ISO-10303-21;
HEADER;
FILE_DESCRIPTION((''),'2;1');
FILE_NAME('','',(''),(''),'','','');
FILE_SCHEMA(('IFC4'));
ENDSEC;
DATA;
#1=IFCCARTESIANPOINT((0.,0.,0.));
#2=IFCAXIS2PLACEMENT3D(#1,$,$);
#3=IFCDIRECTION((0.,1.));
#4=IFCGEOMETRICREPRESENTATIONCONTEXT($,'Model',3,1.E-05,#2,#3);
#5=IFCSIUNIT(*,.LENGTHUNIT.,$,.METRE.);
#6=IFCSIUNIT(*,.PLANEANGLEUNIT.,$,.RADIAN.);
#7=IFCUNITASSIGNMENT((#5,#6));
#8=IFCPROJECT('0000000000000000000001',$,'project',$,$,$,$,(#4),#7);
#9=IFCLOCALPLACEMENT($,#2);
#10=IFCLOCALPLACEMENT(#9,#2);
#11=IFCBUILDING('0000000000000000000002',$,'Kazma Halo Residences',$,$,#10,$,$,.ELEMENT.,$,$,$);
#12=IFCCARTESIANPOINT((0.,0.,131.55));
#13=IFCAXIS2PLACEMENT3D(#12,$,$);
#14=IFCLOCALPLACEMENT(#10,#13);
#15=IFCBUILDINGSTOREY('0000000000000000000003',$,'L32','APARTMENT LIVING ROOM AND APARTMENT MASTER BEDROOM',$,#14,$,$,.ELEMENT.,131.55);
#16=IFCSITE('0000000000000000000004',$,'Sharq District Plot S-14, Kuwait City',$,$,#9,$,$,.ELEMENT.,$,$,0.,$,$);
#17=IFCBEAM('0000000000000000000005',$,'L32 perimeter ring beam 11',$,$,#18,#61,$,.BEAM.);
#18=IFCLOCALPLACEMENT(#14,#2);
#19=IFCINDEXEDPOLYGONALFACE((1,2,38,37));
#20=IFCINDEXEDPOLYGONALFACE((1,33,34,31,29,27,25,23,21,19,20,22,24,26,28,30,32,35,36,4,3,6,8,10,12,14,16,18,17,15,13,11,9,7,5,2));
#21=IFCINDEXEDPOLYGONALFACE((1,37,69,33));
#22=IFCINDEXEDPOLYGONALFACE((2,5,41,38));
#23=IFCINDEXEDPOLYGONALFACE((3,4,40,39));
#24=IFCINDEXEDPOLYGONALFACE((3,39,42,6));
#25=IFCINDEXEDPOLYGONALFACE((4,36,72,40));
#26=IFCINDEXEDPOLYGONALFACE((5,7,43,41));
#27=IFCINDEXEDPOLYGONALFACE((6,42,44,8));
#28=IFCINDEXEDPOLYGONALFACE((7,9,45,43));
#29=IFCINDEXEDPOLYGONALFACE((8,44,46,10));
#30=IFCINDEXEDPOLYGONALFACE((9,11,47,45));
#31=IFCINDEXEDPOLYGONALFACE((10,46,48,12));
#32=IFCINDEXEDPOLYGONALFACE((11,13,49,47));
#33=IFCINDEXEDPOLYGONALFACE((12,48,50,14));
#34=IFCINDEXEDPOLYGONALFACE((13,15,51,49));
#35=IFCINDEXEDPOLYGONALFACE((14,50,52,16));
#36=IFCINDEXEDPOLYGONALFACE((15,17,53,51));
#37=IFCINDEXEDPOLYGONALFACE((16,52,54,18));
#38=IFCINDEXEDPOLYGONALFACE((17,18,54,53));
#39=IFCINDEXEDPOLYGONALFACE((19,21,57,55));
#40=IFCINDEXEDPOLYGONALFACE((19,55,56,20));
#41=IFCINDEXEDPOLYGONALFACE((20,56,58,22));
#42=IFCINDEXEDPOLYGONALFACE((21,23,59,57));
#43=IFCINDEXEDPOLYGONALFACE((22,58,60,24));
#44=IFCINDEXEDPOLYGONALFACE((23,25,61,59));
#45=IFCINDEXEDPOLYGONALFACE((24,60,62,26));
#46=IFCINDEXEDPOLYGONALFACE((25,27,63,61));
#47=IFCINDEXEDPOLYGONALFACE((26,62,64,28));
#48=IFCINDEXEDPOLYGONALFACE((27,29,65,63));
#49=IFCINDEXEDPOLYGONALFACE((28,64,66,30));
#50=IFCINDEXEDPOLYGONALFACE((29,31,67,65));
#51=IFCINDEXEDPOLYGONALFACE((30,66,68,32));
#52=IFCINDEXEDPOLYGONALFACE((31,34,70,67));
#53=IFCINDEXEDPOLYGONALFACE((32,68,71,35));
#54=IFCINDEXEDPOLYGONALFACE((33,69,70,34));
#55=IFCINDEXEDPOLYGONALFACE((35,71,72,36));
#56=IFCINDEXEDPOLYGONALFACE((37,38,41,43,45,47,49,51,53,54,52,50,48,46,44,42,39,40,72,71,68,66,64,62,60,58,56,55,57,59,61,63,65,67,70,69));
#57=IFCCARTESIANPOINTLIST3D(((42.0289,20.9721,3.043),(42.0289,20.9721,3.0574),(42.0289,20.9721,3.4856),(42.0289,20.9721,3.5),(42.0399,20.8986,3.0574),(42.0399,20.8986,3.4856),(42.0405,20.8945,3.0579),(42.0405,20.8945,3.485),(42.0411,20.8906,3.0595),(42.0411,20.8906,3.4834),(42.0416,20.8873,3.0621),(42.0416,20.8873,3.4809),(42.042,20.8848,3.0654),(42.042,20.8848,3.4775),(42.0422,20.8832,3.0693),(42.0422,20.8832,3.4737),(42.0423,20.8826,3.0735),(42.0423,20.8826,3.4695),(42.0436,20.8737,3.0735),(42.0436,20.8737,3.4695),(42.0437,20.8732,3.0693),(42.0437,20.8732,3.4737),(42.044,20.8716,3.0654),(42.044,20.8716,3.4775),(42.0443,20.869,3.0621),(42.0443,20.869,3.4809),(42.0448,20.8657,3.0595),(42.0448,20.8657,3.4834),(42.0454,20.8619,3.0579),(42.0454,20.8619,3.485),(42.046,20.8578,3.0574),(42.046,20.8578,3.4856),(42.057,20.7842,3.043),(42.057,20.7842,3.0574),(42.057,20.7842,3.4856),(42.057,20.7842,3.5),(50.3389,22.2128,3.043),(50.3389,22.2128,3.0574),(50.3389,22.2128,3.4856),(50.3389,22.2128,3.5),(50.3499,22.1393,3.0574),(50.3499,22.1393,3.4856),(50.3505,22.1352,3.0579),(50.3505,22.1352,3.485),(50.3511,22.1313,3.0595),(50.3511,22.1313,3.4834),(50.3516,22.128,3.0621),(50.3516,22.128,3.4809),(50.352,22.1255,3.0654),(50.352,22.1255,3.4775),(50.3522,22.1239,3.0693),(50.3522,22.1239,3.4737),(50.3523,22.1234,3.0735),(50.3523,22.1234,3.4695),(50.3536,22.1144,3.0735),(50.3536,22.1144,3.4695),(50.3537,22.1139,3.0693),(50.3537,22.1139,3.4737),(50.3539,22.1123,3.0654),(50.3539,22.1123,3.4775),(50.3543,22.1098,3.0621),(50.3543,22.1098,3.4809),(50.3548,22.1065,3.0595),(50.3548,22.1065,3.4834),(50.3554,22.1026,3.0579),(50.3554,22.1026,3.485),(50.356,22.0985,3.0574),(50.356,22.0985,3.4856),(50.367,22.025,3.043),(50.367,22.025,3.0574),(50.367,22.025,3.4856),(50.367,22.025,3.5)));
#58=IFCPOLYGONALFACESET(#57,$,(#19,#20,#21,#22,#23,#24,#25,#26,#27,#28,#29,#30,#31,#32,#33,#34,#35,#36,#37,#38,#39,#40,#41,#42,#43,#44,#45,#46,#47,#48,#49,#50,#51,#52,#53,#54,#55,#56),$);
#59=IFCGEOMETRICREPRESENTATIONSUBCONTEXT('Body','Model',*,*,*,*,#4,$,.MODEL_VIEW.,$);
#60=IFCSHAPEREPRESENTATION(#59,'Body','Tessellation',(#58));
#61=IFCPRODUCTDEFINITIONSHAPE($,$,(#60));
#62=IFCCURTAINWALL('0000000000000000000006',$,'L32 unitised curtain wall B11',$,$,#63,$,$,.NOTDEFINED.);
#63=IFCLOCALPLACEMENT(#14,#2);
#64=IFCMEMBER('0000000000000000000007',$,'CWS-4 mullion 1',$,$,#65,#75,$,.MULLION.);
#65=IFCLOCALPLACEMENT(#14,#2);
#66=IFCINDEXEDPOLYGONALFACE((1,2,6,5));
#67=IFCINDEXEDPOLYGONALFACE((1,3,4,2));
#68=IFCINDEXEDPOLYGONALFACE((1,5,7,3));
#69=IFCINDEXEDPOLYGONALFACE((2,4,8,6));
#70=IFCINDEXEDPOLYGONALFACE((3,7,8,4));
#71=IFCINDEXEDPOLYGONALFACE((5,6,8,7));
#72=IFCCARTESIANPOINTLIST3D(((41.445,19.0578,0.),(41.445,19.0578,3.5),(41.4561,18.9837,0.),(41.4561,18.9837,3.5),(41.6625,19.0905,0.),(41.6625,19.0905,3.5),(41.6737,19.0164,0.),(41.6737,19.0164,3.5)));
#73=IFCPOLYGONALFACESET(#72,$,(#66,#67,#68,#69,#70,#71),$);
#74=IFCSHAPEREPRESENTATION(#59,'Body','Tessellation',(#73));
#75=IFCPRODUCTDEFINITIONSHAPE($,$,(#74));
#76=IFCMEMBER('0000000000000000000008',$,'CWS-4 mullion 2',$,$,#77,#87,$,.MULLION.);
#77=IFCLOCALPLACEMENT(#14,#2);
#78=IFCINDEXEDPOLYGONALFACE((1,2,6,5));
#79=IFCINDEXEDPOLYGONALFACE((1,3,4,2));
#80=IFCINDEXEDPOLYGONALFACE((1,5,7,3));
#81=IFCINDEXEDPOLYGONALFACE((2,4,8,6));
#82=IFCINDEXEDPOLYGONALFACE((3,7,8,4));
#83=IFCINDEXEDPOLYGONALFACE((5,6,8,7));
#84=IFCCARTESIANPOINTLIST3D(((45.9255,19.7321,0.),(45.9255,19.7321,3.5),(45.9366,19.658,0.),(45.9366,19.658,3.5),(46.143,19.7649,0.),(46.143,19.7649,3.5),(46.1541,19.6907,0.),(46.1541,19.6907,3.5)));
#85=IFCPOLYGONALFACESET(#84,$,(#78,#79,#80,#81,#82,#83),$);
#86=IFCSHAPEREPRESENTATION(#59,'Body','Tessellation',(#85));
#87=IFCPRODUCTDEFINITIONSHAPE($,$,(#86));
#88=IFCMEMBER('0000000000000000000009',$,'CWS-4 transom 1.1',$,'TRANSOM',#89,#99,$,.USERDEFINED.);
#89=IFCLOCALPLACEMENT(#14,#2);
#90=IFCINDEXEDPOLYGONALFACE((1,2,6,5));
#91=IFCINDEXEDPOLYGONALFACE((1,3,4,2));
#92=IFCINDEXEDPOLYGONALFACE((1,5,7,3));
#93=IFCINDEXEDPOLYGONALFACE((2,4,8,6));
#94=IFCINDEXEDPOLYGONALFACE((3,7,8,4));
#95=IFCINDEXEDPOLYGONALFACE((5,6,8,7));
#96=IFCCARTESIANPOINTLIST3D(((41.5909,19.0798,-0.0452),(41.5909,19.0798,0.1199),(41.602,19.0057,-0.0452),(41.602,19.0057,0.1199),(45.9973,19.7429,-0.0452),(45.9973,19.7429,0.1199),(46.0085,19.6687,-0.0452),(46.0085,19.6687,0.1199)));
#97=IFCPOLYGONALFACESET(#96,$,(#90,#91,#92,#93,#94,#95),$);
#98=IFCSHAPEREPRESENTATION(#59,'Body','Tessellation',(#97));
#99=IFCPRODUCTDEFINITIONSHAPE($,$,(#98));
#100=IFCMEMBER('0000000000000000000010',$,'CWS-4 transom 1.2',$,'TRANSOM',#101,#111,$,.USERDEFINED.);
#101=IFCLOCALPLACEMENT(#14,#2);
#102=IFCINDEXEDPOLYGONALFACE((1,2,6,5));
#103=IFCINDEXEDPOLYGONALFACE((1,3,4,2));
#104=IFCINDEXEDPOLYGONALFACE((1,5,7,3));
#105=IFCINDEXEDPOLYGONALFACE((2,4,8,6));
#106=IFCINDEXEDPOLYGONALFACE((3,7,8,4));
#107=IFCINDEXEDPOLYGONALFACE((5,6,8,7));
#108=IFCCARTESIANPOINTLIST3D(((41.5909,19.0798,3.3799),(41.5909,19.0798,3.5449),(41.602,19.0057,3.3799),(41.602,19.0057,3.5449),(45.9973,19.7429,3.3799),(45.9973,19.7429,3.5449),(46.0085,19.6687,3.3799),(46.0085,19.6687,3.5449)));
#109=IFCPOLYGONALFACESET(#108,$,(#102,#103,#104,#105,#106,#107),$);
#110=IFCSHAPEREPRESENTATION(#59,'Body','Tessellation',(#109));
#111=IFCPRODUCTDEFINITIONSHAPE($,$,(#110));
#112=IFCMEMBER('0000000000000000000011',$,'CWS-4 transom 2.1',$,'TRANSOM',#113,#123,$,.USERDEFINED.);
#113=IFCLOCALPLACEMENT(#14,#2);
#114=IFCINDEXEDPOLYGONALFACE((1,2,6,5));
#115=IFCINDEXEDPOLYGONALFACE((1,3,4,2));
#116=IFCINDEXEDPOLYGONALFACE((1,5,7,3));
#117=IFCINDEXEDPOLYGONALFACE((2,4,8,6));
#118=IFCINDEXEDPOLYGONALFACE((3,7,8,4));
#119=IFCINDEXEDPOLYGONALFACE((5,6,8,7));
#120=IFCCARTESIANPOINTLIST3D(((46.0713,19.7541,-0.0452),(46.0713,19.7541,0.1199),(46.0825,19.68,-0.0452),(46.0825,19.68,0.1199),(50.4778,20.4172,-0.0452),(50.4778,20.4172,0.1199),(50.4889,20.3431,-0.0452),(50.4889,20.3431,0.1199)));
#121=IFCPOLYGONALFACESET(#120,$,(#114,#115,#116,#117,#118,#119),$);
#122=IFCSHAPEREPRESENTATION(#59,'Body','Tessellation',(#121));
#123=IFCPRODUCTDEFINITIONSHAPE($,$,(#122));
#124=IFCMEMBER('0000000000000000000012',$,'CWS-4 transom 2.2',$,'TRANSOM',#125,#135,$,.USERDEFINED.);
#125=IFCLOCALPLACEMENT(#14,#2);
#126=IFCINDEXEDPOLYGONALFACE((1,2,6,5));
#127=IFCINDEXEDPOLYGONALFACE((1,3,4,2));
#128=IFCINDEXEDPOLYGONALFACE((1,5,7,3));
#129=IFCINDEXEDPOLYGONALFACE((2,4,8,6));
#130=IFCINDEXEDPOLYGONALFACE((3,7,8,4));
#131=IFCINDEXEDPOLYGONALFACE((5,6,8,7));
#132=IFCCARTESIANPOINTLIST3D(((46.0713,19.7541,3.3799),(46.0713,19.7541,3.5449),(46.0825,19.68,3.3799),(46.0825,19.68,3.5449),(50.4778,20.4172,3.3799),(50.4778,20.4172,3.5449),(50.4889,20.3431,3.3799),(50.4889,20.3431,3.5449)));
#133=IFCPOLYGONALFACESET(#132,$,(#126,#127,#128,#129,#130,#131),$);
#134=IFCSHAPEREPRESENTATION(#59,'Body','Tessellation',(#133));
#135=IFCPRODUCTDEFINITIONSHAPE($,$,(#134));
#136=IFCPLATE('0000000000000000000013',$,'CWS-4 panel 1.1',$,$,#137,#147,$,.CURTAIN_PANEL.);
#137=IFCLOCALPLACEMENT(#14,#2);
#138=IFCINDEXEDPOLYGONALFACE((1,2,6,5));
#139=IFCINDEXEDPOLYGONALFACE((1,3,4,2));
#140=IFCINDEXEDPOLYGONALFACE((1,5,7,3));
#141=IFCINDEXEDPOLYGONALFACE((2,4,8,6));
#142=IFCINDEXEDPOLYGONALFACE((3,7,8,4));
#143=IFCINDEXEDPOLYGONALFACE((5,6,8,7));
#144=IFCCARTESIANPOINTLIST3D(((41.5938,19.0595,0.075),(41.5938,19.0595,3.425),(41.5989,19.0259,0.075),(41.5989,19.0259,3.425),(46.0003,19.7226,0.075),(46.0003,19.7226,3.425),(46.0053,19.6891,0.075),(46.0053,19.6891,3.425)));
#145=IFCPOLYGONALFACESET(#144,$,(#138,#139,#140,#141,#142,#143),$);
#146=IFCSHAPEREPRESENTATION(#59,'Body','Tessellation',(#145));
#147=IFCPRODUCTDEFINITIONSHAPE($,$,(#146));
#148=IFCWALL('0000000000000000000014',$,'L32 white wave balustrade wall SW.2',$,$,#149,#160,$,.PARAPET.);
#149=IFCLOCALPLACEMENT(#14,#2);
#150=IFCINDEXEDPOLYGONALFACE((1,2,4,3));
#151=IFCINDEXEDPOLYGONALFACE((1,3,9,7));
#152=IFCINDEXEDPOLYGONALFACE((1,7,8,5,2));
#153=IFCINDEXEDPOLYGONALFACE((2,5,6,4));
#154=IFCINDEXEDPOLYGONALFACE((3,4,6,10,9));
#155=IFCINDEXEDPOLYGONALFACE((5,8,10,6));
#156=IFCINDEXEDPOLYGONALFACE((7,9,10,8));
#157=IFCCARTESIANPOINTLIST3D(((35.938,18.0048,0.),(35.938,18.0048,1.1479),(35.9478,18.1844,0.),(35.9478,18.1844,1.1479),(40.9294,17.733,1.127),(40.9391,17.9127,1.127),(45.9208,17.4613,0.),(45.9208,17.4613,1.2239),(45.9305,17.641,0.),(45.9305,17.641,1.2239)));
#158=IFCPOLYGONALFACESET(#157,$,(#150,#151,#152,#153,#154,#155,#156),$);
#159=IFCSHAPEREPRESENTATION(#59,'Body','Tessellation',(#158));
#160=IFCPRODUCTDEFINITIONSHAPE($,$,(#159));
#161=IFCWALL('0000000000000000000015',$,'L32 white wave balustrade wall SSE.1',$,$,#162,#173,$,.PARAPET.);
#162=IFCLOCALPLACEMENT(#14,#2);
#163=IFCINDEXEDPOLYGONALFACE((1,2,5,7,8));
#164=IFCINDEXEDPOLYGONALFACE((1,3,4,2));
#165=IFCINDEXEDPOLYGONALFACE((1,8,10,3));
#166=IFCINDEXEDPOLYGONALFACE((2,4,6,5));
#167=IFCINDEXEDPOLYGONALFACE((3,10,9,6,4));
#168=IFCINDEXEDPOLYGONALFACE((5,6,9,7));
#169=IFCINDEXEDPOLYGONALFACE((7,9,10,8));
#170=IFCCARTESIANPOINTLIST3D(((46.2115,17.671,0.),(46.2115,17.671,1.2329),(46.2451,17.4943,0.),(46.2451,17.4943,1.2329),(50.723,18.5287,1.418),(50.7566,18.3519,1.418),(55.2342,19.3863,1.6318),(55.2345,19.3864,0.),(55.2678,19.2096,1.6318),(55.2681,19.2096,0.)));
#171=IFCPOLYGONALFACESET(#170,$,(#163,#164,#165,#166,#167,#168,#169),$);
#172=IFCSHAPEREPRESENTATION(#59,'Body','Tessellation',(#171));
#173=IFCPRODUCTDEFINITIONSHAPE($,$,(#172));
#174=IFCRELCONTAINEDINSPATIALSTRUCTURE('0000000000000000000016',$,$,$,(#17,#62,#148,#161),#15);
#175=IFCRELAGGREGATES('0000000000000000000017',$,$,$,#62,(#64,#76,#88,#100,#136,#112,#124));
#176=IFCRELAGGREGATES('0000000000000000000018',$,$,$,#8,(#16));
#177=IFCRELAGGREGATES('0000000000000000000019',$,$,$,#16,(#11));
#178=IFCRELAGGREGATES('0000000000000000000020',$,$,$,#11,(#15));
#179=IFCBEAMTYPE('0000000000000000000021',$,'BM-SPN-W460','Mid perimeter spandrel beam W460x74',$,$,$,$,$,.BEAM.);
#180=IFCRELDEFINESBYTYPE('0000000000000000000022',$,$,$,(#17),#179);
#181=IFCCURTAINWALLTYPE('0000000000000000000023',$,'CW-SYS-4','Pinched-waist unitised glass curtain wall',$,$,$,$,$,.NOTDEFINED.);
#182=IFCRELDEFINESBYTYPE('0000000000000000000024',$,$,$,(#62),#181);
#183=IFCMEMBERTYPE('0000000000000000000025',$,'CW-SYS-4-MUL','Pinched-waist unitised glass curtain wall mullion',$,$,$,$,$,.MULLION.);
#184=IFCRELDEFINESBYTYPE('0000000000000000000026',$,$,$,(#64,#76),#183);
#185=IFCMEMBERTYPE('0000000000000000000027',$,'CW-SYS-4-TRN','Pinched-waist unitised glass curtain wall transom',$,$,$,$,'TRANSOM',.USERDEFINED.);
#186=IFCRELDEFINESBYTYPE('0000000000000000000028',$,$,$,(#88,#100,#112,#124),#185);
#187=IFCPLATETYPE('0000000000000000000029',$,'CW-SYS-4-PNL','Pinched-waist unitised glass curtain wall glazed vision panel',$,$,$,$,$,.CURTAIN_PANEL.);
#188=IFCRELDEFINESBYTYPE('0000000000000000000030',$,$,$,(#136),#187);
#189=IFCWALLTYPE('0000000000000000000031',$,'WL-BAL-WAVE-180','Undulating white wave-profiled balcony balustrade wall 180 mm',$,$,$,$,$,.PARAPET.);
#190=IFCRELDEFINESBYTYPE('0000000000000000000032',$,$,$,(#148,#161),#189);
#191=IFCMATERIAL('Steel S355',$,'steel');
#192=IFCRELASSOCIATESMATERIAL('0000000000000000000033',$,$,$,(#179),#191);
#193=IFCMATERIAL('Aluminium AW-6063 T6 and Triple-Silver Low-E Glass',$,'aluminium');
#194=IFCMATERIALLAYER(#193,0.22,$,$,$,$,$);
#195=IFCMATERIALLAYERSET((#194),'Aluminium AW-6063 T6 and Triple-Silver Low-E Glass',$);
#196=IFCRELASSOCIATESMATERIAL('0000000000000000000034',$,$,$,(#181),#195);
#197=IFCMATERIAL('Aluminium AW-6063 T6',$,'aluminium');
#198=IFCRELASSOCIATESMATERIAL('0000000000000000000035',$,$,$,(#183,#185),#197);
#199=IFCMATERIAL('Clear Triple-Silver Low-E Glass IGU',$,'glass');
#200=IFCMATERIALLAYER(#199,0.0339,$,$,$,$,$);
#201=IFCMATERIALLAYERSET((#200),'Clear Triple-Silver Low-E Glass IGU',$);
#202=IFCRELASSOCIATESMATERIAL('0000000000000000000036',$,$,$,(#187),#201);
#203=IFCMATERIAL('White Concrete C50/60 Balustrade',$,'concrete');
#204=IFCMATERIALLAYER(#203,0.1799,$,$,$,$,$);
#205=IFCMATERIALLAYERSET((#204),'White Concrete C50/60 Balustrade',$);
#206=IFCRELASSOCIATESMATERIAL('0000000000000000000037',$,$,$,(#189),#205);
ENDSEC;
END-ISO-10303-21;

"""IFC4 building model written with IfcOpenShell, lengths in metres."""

from ifc_helpers import new_model, si_unit, direction, frame, origin, origin_2d, place, context, subcontext, project, spatial, polyline, rectangle, i_section, outline, extrude, material, layer, layer_set, material_profile, profile_set, type_object, element, aggregate, save


model = new_model("IFC4")

# Units and contexts
model_context = context("Model", 3, precision=1e-05, world=origin(), true_north=direction((0.0, 1.0)))
body_context = subcontext(model_context, "Body", "Model", "MODEL_VIEW")
ifc_project = project(units=[si_unit("LENGTHUNIT", "METRE"), si_unit("PLANEANGLEUNIT", "RADIAN")], contexts=[model_context])

# Site, building, storey
site_placement = place(None, origin())
site = spatial("IfcSite", under=ifc_project, at=site_placement, Name="Sharq District Plot S-14, Kuwait City", CompositionType="ELEMENT", RefElevation=0.0)
building_placement = place(site_placement, origin())
building = spatial("IfcBuilding", under=site, at=building_placement, Name="Kazma Halo Residences", CompositionType="ELEMENT")
storey_placement = place(building_placement, frame((0.0, 0.0, 131.55)))
storey = spatial("IfcBuildingStorey", under=building, at=storey_placement, Name="L32", Description="APARTMENT LIVING ROOM AND APARTMENT MASTER BEDROOM", CompositionType="ELEMENT", Elevation=131.55)

# Beam
ifc_material_1 = material(Name="Steel S355", Category="steel")
ifc_material_profile_1 = material_profile(ifc_material_1, i_section(OverallWidth=0.1899, OverallDepth=0.457, WebThickness=0.009, FlangeThickness=0.0144, FilletRadius=0.0161, at=origin_2d()), Name="W460x74")
ifc_profile_set_1 = profile_set([ifc_material_profile_1], Name="Steel S355")
beam_type_1 = type_object("IfcBeamType", Name="BM-SPN-W460", Description="Mid perimeter spandrel beam W460x74", PredefinedType="BEAM", material=ifc_profile_set_1)
beam_1_placement = place(storey_placement, frame((42.043, 20.8782, 3.2715), z_axis=(0.989037, 0.147667, 0.0), x_axis=(-0.147667, 0.989037, 0.0)))
element("IfcBeam", 1, at=beam_1_placement, inside=storey, type_object=beam_type_1, Name="L32 perimeter ring beam 11", PredefinedType="BEAM", context=body_context, shape_type="SweptSolid", body=[
    extrude(i_section(OverallWidth=0.1899, OverallDepth=0.457, WebThickness=0.009, FlangeThickness=0.0144, FilletRadius=0.0161, at=origin_2d()), origin(), (0.0, 0.0, 1.0), 8.4021),
])

# Curtain wall, members, plate
ifc_material_2 = material(Name="Aluminium AW-6063 T6 and Triple-Silver Low-E Glass", Category="aluminium")
ifc_layer_1 = layer(ifc_material_2, 0.22)
ifc_layer_set_1 = layer_set([ifc_layer_1], Name="Aluminium AW-6063 T6 and Triple-Silver Low-E Glass")
curtain_wall_type = type_object("IfcCurtainWallType", Name="CW-SYS-4", Description="Pinched-waist unitised glass curtain wall", PredefinedType="NOTDEFINED", material=ifc_layer_set_1)
curtain_wall_placement = place(storey_placement, origin())
curtain_wall = element("IfcCurtainWall", 2, at=curtain_wall_placement, inside=storey, type_object=curtain_wall_type, Name="L32 unitised curtain wall B11", PredefinedType="NOTDEFINED")
ifc_material_3 = material(Name="Aluminium AW-6063 T6", Category="aluminium")
ifc_material_profile_2 = material_profile(ifc_material_3, rectangle(XDim=0.075, YDim=0.22, at=origin_2d()), Name="CWM-75x220")
ifc_profile_set_2 = profile_set([ifc_material_profile_2], Name="Aluminium AW-6063 T6")
member_type_1 = type_object("IfcMemberType", Name="CW-SYS-4-MUL", Description="Pinched-waist unitised glass curtain wall mullion", PredefinedType="MULLION", material=ifc_profile_set_2)
member_1_placement = place(storey_placement, frame((41.5593, 19.0371, 0.0), z_axis=(0.0, 0.0, 1.0), x_axis=(-0.148821, 0.988864, 0.0)))
member_1 = element("IfcMember", 3, at=member_1_placement, type_object=member_type_1, Name="CWS-4 mullion 1", PredefinedType="MULLION", context=body_context, shape_type="SweptSolid", body=[
    extrude(rectangle(XDim=0.075, YDim=0.22, at=origin_2d()), origin(), (0.0, 0.0, 1.0), 3.5),
])
member_2_placement = place(storey_placement, frame((46.0398, 19.7114, 0.0), z_axis=(0.0, 0.0, 1.0), x_axis=(-0.148821, 0.988864, 0.0)))
member_2 = element("IfcMember", 4, at=member_2_placement, type_object=member_type_1, Name="CWS-4 mullion 2", PredefinedType="MULLION", context=body_context, shape_type="SweptSolid", body=[
    extrude(rectangle(XDim=0.075, YDim=0.22, at=origin_2d()), origin(), (0.0, 0.0, 1.0), 3.5),
])
ifc_material_profile_3 = material_profile(ifc_material_3, rectangle(XDim=0.075, YDim=0.165, at=origin_2d()), Name="CWT-75x165")
ifc_profile_set_3 = profile_set([ifc_material_profile_3], Name="Aluminium AW-6063 T6")
member_type_2 = type_object("IfcMemberType", Name="CW-SYS-4-TRN", Description="Pinched-waist unitised glass curtain wall transom", ElementType="TRANSOM", PredefinedType="USERDEFINED", material=ifc_profile_set_3)
member_3_placement = place(storey_placement, frame((41.5964, 19.0427, 0.0374), z_axis=(0.988867, 0.148804, 0.0), x_axis=(-0.148804, 0.988867, 0.0)))
member_3 = element("IfcMember", 5, at=member_3_placement, type_object=member_type_2, Name="CWS-4 transom 1.1", ObjectType="TRANSOM", PredefinedType="USERDEFINED", context=body_context, shape_type="SweptSolid", body=[
    extrude(rectangle(XDim=0.075, YDim=0.165, at=origin_2d()), origin(), (0.0, 0.0, 1.0), 4.4561),
])
member_4_placement = place(storey_placement, frame((41.5964, 19.0427, 3.4624), z_axis=(0.988867, 0.148804, 0.0), x_axis=(-0.148804, 0.988867, 0.0)))
member_4 = element("IfcMember", 6, at=member_4_placement, type_object=member_type_2, Name="CWS-4 transom 1.2", ObjectType="TRANSOM", PredefinedType="USERDEFINED", context=body_context, shape_type="SweptSolid", body=[
    extrude(rectangle(XDim=0.075, YDim=0.165, at=origin_2d()), origin(), (0.0, 0.0, 1.0), 4.4561),
])
member_5_placement = place(storey_placement, frame((46.0769, 19.717, 0.0374), z_axis=(0.988867, 0.148804, 0.0), x_axis=(-0.148804, 0.988867, 0.0)))
member_5 = element("IfcMember", 7, at=member_5_placement, type_object=member_type_2, Name="CWS-4 transom 2.1", ObjectType="TRANSOM", PredefinedType="USERDEFINED", context=body_context, shape_type="SweptSolid", body=[
    extrude(rectangle(XDim=0.075, YDim=0.165, at=origin_2d()), origin(), (0.0, 0.0, 1.0), 4.4561),
])
member_6_placement = place(storey_placement, frame((46.0769, 19.717, 3.4624), z_axis=(0.988867, 0.148804, 0.0), x_axis=(-0.148804, 0.988867, 0.0)))
member_6 = element("IfcMember", 8, at=member_6_placement, type_object=member_type_2, Name="CWS-4 transom 2.2", ObjectType="TRANSOM", PredefinedType="USERDEFINED", context=body_context, shape_type="SweptSolid", body=[
    extrude(rectangle(XDim=0.075, YDim=0.165, at=origin_2d()), origin(), (0.0, 0.0, 1.0), 4.4561),
])
ifc_material_4 = material(Name="Clear Triple-Silver Low-E Glass IGU", Category="glass")
ifc_layer_2 = layer(ifc_material_4, 0.0339)
ifc_layer_set_2 = layer_set([ifc_layer_2], Name="Clear Triple-Silver Low-E Glass IGU")
plate_type = type_object("IfcPlateType", Name="CW-SYS-4-PNL", Description="Pinched-waist unitised glass curtain wall glazed vision panel", PredefinedType="CURTAIN_PANEL", material=ifc_layer_set_2)
plate_placement = place(storey_placement, frame((43.7996, 19.3743, 0.075), z_axis=(0.0, 0.0, 1.0), x_axis=(0.988864, 0.148821, 0.0)))
plate = element("IfcPlate", 9, at=plate_placement, type_object=plate_type, Name="CWS-4 panel 1.1", PredefinedType="CURTAIN_PANEL", context=body_context, shape_type="SweptSolid", body=[
    extrude(rectangle(XDim=4.4561, YDim=0.0339, at=origin_2d()), origin(), (0.0, 0.0, 1.0), 3.3501),
])
aggregate(curtain_wall, [member_1, member_2, member_3, member_4, plate, member_5, member_6])

# Walls
ifc_material_5 = material(Name="White Concrete C50/60 Balustrade", Category="concrete")
ifc_layer_3 = layer(ifc_material_5, 0.1799)
ifc_layer_set_3 = layer_set([ifc_layer_3], Name="White Concrete C50/60 Balustrade")
wall_type_1 = type_object("IfcWallType", Name="WL-BAL-WAVE-180", Description="Undulating white wave-profiled balcony balustrade wall 180 mm", PredefinedType="PARAPET", material=ifc_layer_set_3)
wall_1_placement = place(storey_placement, frame((35.9429, 18.0947, 0.0), z_axis=(0.0, 0.0, 1.0), x_axis=(0.998521, -0.05436, 0.0)))
element("IfcWall", 10, at=wall_1_placement, inside=storey, type_object=wall_type_1, Name="L32 white wave balustrade wall SW.2", PredefinedType="PARAPET", context=body_context, shape_type="SweptSolid", body=[
    extrude(outline(polyline([(0.0, 0.0), (9.9976, 0.0), (9.9976, 1.2239), (4.9988, 1.127), (0.0, 1.1479), (0.0, 0.0)])), frame((0.0, 0.0898, 0.0), z_axis=(0.0, -1.0, 0.0), x_axis=(1.0, 0.0, 0.0)), (0.0, 0.0, 1.0), 0.1799),
])
wall_2_placement = place(storey_placement, frame((46.2283, 17.5828, 0.0), z_axis=(0.0, 0.0, 1.0), x_axis=(0.982405, 0.186763, 0.0)))
element("IfcWall", 11, at=wall_2_placement, inside=storey, type_object=wall_type_1, Name="L32 white wave balustrade wall SSE.1", PredefinedType="PARAPET", context=body_context, shape_type="SweptSolid", body=[
    extrude(outline(polyline([(0.0, 0.0), (9.1846, 0.0), (9.1843, 1.6318), (4.5923, 1.418), (0.0, 1.2329), (0.0, 0.0)])), frame((0.0, 0.0898, 0.0), z_axis=(0.0, -1.0, 0.0), x_axis=(1.0, 0.0, 0.0)), (0.0, 0.0, 1.0), 0.1799),
])

save(model, "model.ifc")
